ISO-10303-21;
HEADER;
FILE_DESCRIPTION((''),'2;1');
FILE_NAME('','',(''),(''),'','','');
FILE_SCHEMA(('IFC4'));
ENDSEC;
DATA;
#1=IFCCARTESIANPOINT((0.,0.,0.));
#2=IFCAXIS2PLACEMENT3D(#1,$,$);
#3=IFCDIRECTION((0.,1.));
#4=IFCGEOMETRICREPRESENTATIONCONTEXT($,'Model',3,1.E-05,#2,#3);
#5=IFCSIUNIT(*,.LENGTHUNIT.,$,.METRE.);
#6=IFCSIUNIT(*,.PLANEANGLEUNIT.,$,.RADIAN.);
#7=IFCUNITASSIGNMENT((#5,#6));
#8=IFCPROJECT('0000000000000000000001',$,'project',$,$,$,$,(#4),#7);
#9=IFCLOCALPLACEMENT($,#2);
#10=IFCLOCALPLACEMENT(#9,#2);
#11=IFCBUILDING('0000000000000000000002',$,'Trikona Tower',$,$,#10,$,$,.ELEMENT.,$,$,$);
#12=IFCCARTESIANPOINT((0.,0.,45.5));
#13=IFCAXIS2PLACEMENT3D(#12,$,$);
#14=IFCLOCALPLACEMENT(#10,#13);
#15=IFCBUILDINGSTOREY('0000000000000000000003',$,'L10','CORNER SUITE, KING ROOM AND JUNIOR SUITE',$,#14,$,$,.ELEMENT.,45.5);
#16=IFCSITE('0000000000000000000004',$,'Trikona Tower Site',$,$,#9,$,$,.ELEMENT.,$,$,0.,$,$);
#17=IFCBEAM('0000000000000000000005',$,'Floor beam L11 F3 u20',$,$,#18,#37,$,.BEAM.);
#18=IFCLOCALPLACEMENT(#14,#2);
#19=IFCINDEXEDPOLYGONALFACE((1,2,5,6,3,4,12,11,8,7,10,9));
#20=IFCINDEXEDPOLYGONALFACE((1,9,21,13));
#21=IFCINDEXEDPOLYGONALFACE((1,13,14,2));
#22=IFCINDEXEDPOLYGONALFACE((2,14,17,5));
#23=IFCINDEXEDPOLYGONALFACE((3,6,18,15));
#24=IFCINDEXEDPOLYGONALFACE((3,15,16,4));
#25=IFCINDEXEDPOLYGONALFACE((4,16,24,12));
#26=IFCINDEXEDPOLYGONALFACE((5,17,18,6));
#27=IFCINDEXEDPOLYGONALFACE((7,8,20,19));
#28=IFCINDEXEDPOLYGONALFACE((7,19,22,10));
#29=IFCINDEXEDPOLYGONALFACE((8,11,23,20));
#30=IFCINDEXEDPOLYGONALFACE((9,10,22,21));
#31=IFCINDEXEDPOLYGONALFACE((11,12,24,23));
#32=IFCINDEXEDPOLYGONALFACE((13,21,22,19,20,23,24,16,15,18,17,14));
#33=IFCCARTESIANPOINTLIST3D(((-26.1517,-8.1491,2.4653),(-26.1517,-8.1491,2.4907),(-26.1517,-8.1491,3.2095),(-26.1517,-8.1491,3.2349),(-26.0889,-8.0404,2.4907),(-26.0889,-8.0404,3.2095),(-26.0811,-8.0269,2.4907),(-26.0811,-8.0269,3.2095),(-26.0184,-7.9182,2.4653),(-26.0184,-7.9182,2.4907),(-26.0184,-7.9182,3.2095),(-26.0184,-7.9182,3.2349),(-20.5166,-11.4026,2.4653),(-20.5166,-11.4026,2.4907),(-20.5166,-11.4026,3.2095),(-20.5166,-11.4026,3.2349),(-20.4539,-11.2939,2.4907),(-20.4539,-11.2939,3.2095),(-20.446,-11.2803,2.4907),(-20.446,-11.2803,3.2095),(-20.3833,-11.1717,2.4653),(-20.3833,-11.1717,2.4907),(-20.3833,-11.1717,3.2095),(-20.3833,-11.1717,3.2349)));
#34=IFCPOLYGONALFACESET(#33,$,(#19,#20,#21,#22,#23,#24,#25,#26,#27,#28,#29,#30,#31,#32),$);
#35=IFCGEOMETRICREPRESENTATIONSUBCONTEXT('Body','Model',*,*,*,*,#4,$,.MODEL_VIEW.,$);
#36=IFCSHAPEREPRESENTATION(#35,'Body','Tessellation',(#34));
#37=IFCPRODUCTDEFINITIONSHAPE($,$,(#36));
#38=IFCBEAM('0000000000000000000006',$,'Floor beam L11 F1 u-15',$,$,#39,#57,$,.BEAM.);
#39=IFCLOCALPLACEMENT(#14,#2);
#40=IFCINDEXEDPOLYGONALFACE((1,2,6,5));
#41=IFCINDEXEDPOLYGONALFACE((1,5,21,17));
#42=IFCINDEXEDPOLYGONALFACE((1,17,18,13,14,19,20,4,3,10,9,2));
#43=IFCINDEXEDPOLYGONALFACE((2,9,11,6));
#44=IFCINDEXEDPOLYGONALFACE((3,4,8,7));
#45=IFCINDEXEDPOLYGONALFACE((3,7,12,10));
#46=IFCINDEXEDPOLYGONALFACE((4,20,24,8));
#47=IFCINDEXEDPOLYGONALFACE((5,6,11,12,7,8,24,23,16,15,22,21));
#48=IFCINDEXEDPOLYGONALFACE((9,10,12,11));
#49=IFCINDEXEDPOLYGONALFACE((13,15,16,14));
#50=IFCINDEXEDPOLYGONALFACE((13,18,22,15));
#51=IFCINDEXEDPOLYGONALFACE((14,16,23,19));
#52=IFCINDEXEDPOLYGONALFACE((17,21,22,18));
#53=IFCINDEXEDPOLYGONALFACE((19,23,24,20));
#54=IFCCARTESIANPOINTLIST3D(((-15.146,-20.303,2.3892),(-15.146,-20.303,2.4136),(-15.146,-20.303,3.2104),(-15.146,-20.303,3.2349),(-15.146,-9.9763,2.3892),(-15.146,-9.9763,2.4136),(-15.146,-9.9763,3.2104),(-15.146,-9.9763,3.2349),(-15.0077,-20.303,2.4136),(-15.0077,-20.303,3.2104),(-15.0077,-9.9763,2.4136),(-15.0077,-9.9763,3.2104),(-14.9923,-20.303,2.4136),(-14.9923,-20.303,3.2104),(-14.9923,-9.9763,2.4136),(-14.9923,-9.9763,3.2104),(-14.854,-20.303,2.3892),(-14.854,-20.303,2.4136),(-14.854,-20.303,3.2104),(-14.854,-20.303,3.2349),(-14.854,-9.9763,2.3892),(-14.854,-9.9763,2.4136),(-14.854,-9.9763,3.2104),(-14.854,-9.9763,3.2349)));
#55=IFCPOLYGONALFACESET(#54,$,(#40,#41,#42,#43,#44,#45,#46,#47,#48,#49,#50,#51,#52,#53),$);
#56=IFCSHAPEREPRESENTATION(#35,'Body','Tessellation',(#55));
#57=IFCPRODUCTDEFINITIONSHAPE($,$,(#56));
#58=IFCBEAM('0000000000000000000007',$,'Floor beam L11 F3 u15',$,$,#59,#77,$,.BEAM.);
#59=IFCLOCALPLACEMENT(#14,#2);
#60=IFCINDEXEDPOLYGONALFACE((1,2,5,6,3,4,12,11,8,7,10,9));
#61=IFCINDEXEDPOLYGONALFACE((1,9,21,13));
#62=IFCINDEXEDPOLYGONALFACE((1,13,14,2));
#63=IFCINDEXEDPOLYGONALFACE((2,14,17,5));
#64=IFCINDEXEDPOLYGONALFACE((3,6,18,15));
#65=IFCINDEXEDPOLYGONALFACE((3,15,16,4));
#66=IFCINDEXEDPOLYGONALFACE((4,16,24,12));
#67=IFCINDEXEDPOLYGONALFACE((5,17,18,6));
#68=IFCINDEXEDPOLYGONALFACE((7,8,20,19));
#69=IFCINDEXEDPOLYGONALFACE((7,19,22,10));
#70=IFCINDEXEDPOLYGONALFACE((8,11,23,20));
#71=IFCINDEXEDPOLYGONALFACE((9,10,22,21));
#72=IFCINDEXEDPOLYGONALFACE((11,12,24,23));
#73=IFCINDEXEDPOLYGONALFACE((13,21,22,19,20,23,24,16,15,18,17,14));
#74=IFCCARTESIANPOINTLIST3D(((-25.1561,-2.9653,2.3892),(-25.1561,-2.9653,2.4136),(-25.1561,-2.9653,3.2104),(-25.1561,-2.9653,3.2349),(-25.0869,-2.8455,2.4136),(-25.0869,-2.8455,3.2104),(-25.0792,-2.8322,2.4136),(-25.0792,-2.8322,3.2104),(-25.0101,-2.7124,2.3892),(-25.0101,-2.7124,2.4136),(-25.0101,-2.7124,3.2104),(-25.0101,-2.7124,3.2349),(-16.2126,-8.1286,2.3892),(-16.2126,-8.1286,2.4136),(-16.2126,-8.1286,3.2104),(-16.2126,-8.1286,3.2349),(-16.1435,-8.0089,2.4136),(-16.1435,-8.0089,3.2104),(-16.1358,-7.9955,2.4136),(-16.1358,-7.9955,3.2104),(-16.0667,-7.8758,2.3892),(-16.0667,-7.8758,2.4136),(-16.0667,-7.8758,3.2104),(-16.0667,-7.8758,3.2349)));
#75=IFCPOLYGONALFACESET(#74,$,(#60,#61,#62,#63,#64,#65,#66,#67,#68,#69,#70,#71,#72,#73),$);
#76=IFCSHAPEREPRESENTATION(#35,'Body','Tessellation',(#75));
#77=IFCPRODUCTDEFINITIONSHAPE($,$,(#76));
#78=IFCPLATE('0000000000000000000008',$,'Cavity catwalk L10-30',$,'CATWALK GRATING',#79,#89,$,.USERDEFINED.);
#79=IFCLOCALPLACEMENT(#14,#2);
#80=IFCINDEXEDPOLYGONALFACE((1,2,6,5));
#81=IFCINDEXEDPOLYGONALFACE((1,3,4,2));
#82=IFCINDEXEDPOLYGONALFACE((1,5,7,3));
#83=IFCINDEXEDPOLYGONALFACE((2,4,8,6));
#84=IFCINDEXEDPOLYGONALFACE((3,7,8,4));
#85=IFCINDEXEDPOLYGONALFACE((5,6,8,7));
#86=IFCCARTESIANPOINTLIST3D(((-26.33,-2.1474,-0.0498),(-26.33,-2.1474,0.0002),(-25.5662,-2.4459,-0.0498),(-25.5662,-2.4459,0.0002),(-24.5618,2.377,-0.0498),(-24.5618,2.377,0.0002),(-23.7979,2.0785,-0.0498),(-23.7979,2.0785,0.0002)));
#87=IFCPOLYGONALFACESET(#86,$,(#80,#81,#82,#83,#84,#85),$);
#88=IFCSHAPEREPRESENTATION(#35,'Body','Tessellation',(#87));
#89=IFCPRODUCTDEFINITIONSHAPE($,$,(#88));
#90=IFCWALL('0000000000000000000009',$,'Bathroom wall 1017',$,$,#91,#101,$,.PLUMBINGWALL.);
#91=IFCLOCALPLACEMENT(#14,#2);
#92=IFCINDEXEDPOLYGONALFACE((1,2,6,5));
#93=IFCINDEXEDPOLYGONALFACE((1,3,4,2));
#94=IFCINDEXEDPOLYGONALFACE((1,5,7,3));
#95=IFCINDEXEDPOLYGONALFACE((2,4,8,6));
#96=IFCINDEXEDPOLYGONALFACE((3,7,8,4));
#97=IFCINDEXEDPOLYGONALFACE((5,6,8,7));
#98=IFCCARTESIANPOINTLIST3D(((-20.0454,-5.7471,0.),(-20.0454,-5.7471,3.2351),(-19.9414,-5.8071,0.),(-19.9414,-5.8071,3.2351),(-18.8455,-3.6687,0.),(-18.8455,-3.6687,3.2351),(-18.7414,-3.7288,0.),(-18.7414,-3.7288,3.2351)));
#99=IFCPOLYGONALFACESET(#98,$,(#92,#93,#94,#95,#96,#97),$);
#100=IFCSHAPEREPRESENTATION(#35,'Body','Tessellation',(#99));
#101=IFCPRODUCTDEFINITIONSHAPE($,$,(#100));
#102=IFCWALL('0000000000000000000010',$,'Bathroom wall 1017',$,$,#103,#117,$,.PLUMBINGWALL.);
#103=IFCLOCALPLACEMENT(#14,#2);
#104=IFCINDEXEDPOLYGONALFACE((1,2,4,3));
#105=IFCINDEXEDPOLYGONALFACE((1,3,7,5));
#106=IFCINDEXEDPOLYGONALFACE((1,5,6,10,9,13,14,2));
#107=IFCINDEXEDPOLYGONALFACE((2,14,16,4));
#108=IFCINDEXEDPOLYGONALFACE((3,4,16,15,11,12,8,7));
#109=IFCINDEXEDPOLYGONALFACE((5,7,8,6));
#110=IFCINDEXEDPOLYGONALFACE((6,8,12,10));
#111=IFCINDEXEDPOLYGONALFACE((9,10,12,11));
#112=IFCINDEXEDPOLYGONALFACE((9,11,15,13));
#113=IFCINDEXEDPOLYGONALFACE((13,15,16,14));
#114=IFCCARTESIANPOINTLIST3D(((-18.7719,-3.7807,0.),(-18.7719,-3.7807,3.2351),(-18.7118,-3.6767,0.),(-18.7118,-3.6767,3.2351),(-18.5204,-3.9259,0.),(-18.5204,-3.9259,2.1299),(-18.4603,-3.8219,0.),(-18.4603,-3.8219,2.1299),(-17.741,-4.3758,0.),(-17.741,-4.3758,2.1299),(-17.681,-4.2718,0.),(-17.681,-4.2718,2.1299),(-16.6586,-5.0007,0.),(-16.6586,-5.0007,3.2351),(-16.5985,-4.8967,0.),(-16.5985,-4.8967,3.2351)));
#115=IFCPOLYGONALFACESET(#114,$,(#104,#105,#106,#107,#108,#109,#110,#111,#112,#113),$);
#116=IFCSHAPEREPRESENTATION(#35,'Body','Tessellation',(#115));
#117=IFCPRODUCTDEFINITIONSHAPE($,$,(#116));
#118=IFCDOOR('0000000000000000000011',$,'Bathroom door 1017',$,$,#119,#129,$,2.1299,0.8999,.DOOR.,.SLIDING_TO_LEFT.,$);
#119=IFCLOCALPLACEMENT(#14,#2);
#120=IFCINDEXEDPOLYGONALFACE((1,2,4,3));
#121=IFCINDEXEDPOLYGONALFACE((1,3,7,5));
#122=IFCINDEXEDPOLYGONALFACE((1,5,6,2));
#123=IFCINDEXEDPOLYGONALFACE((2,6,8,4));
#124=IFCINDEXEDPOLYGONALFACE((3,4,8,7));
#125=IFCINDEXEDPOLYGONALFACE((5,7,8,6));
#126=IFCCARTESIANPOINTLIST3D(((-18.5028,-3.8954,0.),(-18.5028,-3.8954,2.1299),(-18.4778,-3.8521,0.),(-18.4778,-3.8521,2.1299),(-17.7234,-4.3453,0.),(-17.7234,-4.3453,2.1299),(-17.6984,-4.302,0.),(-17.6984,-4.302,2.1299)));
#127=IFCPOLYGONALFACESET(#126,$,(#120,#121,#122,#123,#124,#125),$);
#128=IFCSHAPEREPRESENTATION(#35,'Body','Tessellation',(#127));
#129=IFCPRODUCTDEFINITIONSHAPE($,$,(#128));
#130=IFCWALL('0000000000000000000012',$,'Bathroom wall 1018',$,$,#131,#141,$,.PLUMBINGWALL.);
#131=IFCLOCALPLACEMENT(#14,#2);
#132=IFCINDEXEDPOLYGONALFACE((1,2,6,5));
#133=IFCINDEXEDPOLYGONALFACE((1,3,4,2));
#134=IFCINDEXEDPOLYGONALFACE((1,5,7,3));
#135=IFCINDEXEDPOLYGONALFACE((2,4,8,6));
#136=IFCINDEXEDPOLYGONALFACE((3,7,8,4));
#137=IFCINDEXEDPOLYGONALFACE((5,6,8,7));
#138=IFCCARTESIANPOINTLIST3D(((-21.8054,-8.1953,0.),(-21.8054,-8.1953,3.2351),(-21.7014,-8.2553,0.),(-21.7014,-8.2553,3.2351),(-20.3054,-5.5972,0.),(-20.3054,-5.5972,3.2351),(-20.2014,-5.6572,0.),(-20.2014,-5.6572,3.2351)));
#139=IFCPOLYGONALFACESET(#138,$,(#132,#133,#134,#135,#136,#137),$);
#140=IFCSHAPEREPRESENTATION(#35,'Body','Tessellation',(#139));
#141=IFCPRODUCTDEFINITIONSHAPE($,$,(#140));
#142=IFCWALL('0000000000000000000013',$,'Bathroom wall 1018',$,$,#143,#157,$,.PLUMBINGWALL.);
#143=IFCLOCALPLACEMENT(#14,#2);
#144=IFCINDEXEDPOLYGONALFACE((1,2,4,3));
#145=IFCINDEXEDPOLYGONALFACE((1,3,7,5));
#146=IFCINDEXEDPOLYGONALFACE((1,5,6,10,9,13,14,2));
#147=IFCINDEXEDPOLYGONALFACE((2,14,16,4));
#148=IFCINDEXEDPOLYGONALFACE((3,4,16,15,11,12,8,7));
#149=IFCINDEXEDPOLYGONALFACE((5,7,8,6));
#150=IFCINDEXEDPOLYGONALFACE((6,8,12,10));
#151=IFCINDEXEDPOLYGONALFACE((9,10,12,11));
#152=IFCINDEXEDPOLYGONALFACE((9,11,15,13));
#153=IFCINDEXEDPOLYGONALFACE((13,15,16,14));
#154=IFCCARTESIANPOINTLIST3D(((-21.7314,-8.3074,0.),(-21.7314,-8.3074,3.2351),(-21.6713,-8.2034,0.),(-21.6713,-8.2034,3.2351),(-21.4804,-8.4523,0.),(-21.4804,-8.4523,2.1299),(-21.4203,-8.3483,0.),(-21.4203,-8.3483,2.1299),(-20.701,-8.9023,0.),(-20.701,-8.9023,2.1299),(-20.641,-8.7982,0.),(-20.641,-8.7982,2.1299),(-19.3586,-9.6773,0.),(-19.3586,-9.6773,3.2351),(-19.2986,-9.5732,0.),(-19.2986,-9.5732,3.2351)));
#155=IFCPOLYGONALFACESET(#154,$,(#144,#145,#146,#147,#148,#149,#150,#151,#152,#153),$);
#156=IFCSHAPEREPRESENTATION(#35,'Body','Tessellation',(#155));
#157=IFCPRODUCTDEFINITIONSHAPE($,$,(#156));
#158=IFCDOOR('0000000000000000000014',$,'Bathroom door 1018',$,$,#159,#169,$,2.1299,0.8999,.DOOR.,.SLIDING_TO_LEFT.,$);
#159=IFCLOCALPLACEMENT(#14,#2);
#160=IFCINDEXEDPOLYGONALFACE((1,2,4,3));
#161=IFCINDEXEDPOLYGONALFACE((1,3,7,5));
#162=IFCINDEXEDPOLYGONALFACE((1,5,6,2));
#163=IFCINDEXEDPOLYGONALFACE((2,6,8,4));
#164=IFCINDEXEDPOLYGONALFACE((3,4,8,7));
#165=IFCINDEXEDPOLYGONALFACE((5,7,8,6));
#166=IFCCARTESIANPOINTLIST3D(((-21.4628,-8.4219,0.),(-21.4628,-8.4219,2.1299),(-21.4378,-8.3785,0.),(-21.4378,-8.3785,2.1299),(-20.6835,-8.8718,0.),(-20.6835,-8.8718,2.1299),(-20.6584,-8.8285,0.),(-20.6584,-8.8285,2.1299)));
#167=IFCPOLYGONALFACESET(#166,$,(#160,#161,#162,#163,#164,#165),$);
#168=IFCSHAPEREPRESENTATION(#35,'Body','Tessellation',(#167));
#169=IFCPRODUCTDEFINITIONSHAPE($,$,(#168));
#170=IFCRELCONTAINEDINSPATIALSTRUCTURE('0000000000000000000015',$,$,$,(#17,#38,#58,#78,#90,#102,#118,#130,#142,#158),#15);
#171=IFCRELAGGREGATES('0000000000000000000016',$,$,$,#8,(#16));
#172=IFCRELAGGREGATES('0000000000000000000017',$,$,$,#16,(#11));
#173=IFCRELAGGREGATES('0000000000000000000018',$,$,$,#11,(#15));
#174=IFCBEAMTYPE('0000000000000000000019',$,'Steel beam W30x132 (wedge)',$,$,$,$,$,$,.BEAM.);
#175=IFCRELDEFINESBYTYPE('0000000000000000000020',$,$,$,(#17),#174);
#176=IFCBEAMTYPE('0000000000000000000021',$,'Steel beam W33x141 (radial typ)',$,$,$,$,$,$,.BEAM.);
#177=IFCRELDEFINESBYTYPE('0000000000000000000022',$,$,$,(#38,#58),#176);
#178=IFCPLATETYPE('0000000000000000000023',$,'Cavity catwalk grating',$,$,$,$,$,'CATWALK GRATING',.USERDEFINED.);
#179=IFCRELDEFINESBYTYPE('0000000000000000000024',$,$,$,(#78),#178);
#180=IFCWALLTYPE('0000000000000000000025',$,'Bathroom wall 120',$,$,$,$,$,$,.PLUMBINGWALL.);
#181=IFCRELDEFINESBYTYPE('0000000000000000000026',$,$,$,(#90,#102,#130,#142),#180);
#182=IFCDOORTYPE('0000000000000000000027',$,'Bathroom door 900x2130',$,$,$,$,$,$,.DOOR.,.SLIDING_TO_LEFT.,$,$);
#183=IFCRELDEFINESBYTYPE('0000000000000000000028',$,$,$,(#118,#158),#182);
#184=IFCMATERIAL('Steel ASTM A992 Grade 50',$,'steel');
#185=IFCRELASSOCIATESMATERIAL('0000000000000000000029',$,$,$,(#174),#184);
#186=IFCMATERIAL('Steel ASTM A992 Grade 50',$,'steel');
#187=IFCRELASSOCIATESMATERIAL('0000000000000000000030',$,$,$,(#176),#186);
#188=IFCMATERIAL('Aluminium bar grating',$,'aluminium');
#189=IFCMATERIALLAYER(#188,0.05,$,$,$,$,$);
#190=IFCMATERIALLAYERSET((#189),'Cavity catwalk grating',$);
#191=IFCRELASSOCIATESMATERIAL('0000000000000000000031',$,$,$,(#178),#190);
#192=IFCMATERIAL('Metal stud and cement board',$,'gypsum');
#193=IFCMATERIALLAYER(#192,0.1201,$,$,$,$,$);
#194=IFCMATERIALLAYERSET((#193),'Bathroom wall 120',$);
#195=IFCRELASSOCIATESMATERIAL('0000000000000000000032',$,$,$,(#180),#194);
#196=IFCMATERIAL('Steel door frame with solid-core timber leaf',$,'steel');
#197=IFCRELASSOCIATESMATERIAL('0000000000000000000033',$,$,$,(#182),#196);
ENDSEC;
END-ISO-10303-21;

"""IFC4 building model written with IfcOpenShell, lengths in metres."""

from ifc_helpers import new_model, si_unit, direction, frame, frame_2d, origin, origin_2d, place, context, subcontext, project, spatial, rectangle, i_section, extrude, material, layer, layer_set, material_profile, profile_set, type_object, element, fill, save


model = new_model("IFC4")

# Units and contexts
model_context = context("Model", 3, precision=1e-05, world=origin(), true_north=direction((0.0, 1.0)))
body_context = subcontext(model_context, "Body", "Model", "MODEL_VIEW")
ifc_project = project(units=[si_unit("LENGTHUNIT", "METRE"), si_unit("PLANEANGLEUNIT", "RADIAN")], contexts=[model_context])

# Site, building, storey
site_placement = place(None, origin())
site = spatial("IfcSite", under=ifc_project, at=site_placement, Name="Trikona Tower Site", CompositionType="ELEMENT", RefElevation=0.0)
building_placement = place(site_placement, origin())
building = spatial("IfcBuilding", under=site, at=building_placement, Name="Trikona Tower", CompositionType="ELEMENT")
storey_placement = place(building_placement, frame((0.0, 0.0, 45.5)))
storey = spatial("IfcBuildingStorey", under=building, at=storey_placement, Name="L10", Description="CORNER SUITE, KING ROOM AND JUNIOR SUITE", CompositionType="ELEMENT", Elevation=45.5)

# Beams
ifc_material_1 = material(Name="Steel ASTM A992 Grade 50", Category="steel")
ifc_material_profile_1 = material_profile(ifc_material_1, i_section(OverallWidth=0.2666, OverallDepth=0.7695, WebThickness=0.0156, FlangeThickness=0.0254, at=origin_2d()), Name="W30X132")
ifc_profile_set_1 = profile_set([ifc_material_profile_1], Name="Steel ASTM A992 Grade 50")
beam_type_1 = type_object("IfcBeamType", Name="Steel beam W30x132 (wedge)", PredefinedType="BEAM", material=ifc_profile_set_1)
beam_1_placement = place(storey_placement, frame((-20.45, -11.2871, 2.8501), z_axis=(-0.866023, 0.500005, 0.0), x_axis=(-0.500005, -0.866023, 0.0)))
element("IfcBeam", 1, at=beam_1_placement, inside=storey, type_object=beam_type_1, Name="Floor beam L11 F3 u20", PredefinedType="BEAM", context=body_context, shape_type="SweptSolid", body=[
    extrude(i_section(OverallWidth=0.2666, OverallDepth=0.7695, WebThickness=0.0156, FlangeThickness=0.0254, at=origin_2d()), origin(), (0.0, 0.0, 1.0), 6.5068),
])
ifc_material_2 = material(Name="Steel ASTM A992 Grade 50", Category="steel")
ifc_material_profile_2 = material_profile(ifc_material_2, i_section(OverallWidth=0.292, OverallDepth=0.8457, WebThickness=0.0154, FlangeThickness=0.0244, at=origin_2d()), Name="W33X141")
ifc_profile_set_2 = profile_set([ifc_material_profile_2], Name="Steel ASTM A992 Grade 50")
beam_type_2 = type_object("IfcBeamType", Name="Steel beam W33x141 (radial typ)", PredefinedType="BEAM", material=ifc_profile_set_2)
beam_2_placement = place(storey_placement, frame((-15.0, -9.9763, 2.812), z_axis=(0.0, -1.0, 0.0), x_axis=(1.0, 0.0, 0.0)))
element("IfcBeam", 2, at=beam_2_placement, inside=storey, type_object=beam_type_2, Name="Floor beam L11 F1 u-15", PredefinedType="BEAM", context=body_context, shape_type="SweptSolid", body=[
    extrude(i_section(OverallWidth=0.292, OverallDepth=0.8457, WebThickness=0.0154, FlangeThickness=0.0244, at=origin_2d()), origin(), (0.0, 0.0, 1.0), 10.3267),
])
beam_3_placement = place(storey_placement, frame((-16.1396, -8.0022, 2.812), z_axis=(-0.86603, 0.499991, 0.0), x_axis=(-0.499991, -0.86603, 0.0)))
element("IfcBeam", 3, at=beam_3_placement, inside=storey, type_object=beam_type_2, Name="Floor beam L11 F3 u15", PredefinedType="BEAM", context=body_context, shape_type="SweptSolid", body=[
    extrude(i_section(OverallWidth=0.292, OverallDepth=0.8457, WebThickness=0.0154, FlangeThickness=0.0244, at=origin_2d()), origin(), (0.0, 0.0, 1.0), 10.3269),
])

# Plate
ifc_material_3 = material(Name="Aluminium bar grating", Category="aluminium")
ifc_layer_1 = layer(ifc_material_3, 0.05)
ifc_layer_set_1 = layer_set([ifc_layer_1], Name="Cavity catwalk grating")
plate_type = type_object("IfcPlateType", Name="Cavity catwalk grating", ElementType="CATWALK GRATING", PredefinedType="USERDEFINED", material=ifc_layer_set_1)
plate_placement = place(storey_placement, frame((-25.064, -0.0344, -0.0498), z_axis=(0.0, 0.0, 1.0), x_axis=(-0.364009, -0.931395, 0.0)))
element("IfcPlate", 4, at=plate_placement, inside=storey, type_object=plate_type, Name="Cavity catwalk L10-30", ObjectType="CATWALK GRATING", PredefinedType="USERDEFINED", context=body_context, shape_type="SweptSolid", body=[
    extrude(rectangle(XDim=4.8577, YDim=0.8201, at=origin_2d()), origin(), (0.0, 0.0, 1.0), 0.05),
])

# Wall
ifc_material_4 = material(Name="Metal stud and cement board", Category="gypsum")
ifc_layer_2 = layer(ifc_material_4, 0.1201)
ifc_layer_set_2 = layer_set([ifc_layer_2], Name="Bathroom wall 120")
wall_type_1 = type_object("IfcWallType", Name="Bathroom wall 120", PredefinedType="PLUMBINGWALL", material=ifc_layer_set_2)
wall_1_placement = place(storey_placement, frame((-18.7935, -3.6987, 0.0), z_axis=(0.0, 0.0, 1.0), x_axis=(-0.500001, -0.866025, 0.0)))
element("IfcWall", 5, at=wall_1_placement, inside=storey, type_object=wall_type_1, Name="Bathroom wall 1017", PredefinedType="PLUMBINGWALL", context=body_context, shape_type="SweptSolid", body=[
    extrude(rectangle(XDim=2.3999, YDim=0.1201, at=frame_2d((1.2, 0.0))), origin(), (0.0, 0.0, 1.0), 3.2351),
])

# Wall, opening, door
wall_2_placement = place(storey_placement, frame((-16.6284, -4.9487, 0.0), z_axis=(0.0, 0.0, 1.0), x_axis=(-0.866049, 0.499959, 0.0)))
wall_2 = element("IfcWall", 6, at=wall_2_placement, inside=storey, type_object=wall_type_1, Name="Bathroom wall 1017", PredefinedType="PLUMBINGWALL", context=body_context, shape_type="SweptSolid", body=[
    extrude(rectangle(XDim=2.4402, YDim=0.1201, at=frame_2d((1.2202, 0.0))), origin(), (0.0, 0.0, 1.0), 3.2351),
])
opening_1_placement = place(wall_2_placement, frame((1.25, 0.0, 0.0)))
opening_1 = element("IfcOpeningElement", 7, at=opening_1_placement, cuts=wall_2, PredefinedType="OPENING", context=body_context, shape_type="SweptSolid", body=[
    extrude(rectangle(XDim=0.8999, YDim=2.1299, at=frame_2d((0.45, 1.0649))), frame((0.0, 0.0701, 0.0), z_axis=(0.0, -1.0, 0.0), x_axis=(1.0, 0.0, 0.0)), (0.0, 0.0, 1.0), 0.1401),
])
ifc_material_5 = material(Name="Steel door frame with solid-core timber leaf", Category="steel")
door_type_1 = type_object("IfcDoorType", Name="Bathroom door 900x2130", OperationType="SLIDING_TO_LEFT", PredefinedType="DOOR", material=ifc_material_5)
door_1_placement = place(opening_1_placement, origin())
door_1 = element("IfcDoor", 8, at=door_1_placement, inside=storey, type_object=door_type_1, Name="Bathroom door 1017", OperationType="SLIDING_TO_LEFT", OverallHeight=2.1299, OverallWidth=0.8999, PredefinedType="DOOR", context=body_context, shape_type="SweptSolid", body=[
    extrude(rectangle(XDim=0.8999, YDim=2.1299, at=frame_2d((0.45, 1.0649))), frame((0.0, 0.0249, 0.0), z_axis=(0.0, -1.0, 0.0), x_axis=(1.0, 0.0, 0.0)), (0.0, 0.0, 1.0), 0.05),
])
fill(opening_1, door_1)

# Wall
wall_3_placement = place(storey_placement, frame((-20.2534, -5.6272, 0.0), z_axis=(0.0, 0.0, 1.0), x_axis=(-0.49999, -0.866031, 0.0)))
element("IfcWall", 9, at=wall_3_placement, inside=storey, type_object=wall_type_1, Name="Bathroom wall 1018", PredefinedType="PLUMBINGWALL", context=body_context, shape_type="SweptSolid", body=[
    extrude(rectangle(XDim=3.0, YDim=0.1201, at=frame_2d((1.5, 0.0))), origin(), (0.0, 0.0, 1.0), 3.2351),
])

# Wall, opening, door
wall_4_placement = place(storey_placement, frame((-19.3286, -9.6252, 0.0), z_axis=(0.0, 0.0, 1.0), x_axis=(-0.866036, 0.499982, 0.0)))
wall_4 = element("IfcWall", 10, at=wall_4_placement, inside=storey, type_object=wall_type_1, Name="Bathroom wall 1018", PredefinedType="PLUMBINGWALL", context=body_context, shape_type="SweptSolid", body=[
    extrude(rectangle(XDim=2.7397, YDim=0.1201, at=frame_2d((1.3699, 0.0))), origin(), (0.0, 0.0, 1.0), 3.2351),
])
opening_2_placement = place(wall_4_placement, frame((1.55, 0.0, 0.0)))
opening_2 = element("IfcOpeningElement", 11, at=opening_2_placement, cuts=wall_4, PredefinedType="OPENING", context=body_context, shape_type="SweptSolid", body=[
    extrude(rectangle(XDim=0.8999, YDim=2.1299, at=frame_2d((0.45, 1.0649))), frame((0.0, 0.0701, 0.0), z_axis=(0.0, -1.0, 0.0), x_axis=(1.0, 0.0, 0.0)), (0.0, 0.0, 1.0), 0.1401),
])
door_2_placement = place(opening_2_placement, origin())
door_2 = element("IfcDoor", 12, at=door_2_placement, inside=storey, type_object=door_type_1, Name="Bathroom door 1018", OperationType="SLIDING_TO_LEFT", OverallHeight=2.1299, OverallWidth=0.8999, PredefinedType="DOOR", context=body_context, shape_type="SweptSolid", body=[
    extrude(rectangle(XDim=0.8999, YDim=2.1299, at=frame_2d((0.45, 1.0649))), frame((0.0, 0.0249, 0.0), z_axis=(0.0, -1.0, 0.0), x_axis=(1.0, 0.0, 0.0)), (0.0, 0.0, 1.0), 0.05),
])
fill(opening_2, door_2)

save(model, "model.ifc")
